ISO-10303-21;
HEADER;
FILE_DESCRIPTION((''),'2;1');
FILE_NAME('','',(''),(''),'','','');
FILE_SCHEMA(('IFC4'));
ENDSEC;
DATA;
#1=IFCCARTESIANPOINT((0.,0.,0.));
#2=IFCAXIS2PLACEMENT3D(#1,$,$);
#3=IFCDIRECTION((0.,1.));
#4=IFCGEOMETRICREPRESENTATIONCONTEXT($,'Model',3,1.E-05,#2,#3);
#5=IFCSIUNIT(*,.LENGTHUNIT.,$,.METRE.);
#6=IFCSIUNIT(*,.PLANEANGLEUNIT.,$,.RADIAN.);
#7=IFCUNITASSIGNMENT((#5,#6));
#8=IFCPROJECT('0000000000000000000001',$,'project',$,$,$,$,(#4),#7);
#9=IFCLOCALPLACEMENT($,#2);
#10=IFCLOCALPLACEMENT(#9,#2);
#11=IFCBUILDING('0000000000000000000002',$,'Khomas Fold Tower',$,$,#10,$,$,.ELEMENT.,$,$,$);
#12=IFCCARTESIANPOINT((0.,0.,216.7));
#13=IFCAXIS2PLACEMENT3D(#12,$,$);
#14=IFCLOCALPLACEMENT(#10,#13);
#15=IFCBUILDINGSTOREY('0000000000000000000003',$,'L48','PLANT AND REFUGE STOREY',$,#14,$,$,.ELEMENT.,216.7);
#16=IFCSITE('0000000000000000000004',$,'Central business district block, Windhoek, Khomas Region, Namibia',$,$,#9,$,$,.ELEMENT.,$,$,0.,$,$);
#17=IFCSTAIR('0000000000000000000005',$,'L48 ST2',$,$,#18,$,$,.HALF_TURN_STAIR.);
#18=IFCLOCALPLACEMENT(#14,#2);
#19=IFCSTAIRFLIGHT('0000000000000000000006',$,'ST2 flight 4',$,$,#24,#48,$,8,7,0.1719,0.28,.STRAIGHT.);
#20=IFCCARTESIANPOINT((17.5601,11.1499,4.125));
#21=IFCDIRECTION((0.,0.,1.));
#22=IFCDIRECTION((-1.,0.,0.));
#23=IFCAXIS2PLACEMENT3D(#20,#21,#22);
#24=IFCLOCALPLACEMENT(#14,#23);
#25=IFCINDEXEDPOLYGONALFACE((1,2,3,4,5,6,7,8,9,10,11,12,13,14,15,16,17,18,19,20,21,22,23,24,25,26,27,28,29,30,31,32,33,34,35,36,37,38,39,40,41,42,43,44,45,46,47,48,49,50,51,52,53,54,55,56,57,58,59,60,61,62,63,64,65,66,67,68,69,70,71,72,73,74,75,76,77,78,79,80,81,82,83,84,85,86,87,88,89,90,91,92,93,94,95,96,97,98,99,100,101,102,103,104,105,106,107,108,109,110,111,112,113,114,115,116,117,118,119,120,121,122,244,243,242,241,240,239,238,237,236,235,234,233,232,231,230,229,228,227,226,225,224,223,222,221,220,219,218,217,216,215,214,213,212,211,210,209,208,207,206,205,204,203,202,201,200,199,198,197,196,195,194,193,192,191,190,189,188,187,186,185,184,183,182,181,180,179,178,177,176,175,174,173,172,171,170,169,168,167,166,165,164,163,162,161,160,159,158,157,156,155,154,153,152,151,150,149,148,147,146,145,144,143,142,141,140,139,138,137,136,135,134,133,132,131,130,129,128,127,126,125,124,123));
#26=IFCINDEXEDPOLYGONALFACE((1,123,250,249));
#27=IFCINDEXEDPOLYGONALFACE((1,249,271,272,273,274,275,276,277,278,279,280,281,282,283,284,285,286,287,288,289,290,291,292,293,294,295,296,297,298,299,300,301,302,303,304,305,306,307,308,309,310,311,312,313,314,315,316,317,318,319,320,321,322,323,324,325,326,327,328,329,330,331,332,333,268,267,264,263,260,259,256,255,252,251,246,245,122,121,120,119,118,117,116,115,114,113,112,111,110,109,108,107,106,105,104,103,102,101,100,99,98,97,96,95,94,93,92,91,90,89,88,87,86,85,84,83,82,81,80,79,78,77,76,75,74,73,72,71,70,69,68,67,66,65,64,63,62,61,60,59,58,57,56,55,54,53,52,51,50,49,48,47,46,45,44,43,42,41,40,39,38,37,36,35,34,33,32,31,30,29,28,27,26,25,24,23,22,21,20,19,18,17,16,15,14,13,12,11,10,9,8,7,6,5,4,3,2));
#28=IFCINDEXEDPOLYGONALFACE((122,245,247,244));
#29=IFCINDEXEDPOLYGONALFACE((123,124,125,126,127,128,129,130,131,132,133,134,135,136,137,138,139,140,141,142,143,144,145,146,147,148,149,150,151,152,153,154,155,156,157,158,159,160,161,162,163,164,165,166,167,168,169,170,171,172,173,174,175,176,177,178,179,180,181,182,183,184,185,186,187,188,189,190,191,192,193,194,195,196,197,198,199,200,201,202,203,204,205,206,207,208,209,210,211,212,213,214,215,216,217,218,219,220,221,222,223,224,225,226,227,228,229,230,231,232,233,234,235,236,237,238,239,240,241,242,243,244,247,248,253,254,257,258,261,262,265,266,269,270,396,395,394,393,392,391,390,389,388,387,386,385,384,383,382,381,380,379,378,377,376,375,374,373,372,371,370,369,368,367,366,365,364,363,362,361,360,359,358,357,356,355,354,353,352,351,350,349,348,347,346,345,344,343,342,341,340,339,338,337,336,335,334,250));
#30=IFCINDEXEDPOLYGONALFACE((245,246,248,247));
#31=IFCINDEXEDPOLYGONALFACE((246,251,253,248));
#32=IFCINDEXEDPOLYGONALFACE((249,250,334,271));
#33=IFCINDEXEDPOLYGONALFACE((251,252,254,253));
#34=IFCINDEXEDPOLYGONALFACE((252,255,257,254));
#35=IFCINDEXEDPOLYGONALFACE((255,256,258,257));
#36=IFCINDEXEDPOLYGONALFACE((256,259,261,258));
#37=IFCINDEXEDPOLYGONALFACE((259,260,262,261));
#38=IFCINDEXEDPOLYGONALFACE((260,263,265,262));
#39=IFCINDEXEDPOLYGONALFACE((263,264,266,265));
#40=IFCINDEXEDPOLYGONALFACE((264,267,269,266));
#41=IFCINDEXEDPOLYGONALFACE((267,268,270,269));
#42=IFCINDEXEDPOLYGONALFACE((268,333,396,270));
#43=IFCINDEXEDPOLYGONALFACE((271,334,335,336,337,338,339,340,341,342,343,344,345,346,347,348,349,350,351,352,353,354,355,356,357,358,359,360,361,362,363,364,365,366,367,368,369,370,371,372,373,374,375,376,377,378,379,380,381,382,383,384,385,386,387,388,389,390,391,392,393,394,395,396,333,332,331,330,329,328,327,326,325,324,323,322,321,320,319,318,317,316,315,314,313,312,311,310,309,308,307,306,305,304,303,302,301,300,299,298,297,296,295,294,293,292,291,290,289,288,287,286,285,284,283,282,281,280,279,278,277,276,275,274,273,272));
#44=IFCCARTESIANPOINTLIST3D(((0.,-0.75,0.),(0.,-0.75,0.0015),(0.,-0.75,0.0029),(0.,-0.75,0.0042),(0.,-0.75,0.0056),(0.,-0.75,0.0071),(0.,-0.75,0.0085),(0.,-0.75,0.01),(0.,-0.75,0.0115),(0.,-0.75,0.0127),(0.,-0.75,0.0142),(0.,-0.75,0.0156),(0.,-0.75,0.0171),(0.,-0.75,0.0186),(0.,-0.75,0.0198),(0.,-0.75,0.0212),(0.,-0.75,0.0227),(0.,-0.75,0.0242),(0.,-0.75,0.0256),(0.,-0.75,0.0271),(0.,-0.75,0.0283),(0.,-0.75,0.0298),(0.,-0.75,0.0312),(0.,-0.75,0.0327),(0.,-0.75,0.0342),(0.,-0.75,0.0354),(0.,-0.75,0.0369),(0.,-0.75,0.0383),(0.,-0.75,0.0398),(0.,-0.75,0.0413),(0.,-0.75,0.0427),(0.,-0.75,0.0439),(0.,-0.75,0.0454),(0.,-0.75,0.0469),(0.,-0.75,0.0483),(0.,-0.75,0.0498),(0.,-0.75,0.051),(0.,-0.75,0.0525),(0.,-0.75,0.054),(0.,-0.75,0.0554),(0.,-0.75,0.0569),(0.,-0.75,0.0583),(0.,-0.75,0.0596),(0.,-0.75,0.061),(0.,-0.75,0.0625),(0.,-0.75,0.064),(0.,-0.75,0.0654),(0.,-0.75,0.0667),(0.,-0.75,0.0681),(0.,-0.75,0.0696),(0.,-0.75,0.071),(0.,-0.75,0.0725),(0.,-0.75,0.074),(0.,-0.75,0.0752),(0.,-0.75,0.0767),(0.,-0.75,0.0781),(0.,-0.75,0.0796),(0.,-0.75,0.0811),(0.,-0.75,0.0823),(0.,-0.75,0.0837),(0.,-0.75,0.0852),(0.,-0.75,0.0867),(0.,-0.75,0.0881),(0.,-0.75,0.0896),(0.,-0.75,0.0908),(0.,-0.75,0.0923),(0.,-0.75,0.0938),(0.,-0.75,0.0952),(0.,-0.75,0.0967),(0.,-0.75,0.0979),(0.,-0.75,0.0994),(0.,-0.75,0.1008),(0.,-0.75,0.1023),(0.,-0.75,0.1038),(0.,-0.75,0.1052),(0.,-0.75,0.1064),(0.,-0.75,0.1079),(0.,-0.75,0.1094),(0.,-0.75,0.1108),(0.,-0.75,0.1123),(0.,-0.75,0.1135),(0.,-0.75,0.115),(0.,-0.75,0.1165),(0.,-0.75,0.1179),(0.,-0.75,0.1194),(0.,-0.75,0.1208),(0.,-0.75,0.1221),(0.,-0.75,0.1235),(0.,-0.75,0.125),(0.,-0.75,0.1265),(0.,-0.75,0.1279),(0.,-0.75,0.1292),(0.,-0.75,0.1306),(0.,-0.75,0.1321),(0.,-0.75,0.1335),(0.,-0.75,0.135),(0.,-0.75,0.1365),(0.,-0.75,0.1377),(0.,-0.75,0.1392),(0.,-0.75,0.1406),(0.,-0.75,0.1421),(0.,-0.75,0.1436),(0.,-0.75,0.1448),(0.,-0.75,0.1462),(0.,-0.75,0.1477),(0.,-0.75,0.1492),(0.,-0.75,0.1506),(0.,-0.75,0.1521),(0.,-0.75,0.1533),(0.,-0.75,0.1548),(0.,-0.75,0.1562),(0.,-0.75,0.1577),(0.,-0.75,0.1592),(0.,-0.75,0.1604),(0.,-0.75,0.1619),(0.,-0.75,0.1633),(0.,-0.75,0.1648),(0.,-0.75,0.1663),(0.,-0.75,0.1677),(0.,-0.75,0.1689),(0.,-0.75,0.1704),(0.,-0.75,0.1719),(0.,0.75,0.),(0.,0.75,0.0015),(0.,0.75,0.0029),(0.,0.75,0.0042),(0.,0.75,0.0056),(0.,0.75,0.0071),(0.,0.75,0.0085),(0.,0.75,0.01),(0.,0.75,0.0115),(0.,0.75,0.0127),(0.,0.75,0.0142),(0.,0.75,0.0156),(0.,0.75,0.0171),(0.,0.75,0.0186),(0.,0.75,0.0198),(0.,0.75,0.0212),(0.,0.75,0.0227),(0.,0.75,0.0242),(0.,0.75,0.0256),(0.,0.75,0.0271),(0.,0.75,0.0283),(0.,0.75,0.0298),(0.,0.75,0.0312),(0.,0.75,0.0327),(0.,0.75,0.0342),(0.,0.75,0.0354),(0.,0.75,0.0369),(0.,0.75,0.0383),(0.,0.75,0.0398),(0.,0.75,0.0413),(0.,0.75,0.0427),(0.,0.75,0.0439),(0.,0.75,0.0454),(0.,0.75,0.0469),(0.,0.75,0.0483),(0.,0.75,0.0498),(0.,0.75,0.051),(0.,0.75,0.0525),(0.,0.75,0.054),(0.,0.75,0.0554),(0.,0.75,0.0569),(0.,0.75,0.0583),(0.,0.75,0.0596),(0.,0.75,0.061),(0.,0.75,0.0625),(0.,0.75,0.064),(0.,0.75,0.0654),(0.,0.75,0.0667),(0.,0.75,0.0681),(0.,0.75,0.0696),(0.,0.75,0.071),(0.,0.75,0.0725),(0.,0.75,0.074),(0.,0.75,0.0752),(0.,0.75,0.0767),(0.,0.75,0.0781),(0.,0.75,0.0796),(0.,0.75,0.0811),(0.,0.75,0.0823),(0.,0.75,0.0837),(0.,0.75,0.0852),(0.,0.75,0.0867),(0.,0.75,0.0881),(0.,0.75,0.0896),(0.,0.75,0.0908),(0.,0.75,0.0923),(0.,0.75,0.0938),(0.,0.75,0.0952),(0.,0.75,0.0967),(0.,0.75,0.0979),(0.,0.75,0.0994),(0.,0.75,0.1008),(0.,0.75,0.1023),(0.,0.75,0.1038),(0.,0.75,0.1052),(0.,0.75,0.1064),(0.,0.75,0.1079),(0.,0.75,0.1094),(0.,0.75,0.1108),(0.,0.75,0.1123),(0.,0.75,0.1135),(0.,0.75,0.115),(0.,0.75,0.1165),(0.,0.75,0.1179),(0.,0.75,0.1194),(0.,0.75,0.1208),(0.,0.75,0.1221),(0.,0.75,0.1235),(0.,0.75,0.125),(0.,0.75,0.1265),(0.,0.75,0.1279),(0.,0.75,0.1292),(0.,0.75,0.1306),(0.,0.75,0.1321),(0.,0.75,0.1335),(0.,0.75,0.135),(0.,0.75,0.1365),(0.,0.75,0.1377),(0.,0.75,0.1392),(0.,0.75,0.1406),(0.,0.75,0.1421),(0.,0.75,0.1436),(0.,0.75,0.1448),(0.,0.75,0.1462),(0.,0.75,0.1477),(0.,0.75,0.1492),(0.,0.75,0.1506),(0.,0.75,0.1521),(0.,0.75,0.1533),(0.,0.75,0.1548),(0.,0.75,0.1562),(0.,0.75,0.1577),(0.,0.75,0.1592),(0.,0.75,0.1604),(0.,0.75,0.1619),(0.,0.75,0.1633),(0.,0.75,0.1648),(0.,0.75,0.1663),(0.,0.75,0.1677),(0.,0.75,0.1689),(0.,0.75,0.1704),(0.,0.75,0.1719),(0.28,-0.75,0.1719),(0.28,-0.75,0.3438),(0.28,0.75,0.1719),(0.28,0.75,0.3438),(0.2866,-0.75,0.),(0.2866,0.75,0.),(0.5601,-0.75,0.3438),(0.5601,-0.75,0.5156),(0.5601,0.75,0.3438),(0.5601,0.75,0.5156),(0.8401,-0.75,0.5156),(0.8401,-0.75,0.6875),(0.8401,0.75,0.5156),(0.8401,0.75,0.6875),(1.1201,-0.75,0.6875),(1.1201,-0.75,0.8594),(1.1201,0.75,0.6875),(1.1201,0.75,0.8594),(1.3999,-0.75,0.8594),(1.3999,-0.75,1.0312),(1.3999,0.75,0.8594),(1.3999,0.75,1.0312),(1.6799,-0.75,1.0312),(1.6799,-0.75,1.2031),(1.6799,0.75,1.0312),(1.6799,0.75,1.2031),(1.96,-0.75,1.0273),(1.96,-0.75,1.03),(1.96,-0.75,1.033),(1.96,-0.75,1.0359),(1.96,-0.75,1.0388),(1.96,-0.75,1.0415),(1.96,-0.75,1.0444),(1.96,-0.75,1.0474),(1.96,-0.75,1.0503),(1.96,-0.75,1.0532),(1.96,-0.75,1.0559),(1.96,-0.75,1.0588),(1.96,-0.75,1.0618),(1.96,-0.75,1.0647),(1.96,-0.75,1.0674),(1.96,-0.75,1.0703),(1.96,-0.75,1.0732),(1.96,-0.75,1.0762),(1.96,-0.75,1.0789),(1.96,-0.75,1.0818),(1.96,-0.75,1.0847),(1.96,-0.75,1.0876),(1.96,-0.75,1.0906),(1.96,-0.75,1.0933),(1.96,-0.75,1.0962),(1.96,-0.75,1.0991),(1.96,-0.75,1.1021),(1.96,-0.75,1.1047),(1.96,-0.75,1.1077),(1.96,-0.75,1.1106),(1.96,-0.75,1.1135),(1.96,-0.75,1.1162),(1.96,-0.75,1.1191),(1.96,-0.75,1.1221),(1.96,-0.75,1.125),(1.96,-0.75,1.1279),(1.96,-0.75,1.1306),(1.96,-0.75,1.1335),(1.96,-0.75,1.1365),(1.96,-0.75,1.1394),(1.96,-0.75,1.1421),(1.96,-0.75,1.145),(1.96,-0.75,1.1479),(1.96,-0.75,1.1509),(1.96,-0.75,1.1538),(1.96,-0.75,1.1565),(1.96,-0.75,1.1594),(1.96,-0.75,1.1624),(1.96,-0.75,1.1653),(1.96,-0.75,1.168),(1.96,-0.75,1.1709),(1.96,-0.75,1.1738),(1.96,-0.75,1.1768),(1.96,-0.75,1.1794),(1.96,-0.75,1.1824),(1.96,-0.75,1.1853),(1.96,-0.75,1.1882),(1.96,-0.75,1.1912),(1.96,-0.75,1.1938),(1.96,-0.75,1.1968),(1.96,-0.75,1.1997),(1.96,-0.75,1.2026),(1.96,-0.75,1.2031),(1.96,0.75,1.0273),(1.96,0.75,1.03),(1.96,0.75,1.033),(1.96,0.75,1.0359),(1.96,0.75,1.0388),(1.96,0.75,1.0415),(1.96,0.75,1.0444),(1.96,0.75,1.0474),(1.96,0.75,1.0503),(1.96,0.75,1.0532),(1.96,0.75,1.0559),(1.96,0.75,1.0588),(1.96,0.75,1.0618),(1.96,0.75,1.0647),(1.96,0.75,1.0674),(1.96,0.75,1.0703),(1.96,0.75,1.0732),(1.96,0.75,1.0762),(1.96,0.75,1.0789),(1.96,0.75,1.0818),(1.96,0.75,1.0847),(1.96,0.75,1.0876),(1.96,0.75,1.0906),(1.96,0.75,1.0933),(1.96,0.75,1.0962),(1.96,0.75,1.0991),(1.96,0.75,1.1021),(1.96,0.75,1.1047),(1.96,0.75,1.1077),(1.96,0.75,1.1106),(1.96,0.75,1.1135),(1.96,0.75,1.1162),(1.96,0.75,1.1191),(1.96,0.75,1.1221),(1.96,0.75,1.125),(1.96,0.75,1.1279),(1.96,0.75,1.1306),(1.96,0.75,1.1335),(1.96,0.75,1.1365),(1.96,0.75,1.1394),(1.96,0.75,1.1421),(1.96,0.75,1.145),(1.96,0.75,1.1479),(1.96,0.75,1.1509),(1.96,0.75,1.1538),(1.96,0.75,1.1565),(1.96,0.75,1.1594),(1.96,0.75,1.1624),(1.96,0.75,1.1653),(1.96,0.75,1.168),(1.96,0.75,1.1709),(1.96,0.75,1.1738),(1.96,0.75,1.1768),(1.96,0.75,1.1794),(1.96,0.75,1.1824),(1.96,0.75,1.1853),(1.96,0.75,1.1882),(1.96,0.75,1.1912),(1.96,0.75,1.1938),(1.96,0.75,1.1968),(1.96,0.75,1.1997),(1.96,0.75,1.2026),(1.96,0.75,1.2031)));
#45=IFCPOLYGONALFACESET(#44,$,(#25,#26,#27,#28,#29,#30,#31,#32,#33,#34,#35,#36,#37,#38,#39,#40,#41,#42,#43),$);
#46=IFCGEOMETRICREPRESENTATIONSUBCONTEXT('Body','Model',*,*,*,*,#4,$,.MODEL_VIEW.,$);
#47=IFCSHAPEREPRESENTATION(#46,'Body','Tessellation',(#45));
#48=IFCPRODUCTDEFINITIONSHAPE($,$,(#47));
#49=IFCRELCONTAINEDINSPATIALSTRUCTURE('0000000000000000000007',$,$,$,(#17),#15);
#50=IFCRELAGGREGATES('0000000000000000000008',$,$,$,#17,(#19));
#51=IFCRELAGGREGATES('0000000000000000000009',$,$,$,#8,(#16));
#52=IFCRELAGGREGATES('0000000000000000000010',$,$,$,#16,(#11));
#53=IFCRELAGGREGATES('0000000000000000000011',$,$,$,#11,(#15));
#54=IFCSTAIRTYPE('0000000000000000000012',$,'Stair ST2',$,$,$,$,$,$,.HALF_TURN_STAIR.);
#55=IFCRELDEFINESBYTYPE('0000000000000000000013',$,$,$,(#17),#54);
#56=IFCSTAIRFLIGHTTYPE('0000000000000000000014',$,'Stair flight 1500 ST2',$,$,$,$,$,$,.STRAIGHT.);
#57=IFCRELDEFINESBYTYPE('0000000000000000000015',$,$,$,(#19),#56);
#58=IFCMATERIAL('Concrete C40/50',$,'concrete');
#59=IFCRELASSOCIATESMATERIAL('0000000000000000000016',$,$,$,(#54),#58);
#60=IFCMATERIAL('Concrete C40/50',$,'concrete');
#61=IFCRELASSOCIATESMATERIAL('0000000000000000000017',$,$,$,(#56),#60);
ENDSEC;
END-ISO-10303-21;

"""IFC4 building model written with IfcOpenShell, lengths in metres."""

from ifc_helpers import new_model, si_unit, direction, frame, origin, place, context, subcontext, project, spatial, polyline, outline, extrude, source, transform, mapped, material, type_object, element, aggregate, save


model = new_model("IFC4")

# Units and contexts
model_context = context("Model", 3, precision=1e-05, world=origin(), true_north=direction((0.0, 1.0)))
body_context = subcontext(model_context, "Body", "Model", "MODEL_VIEW")
ifc_project = project(units=[si_unit("LENGTHUNIT", "METRE"), si_unit("PLANEANGLEUNIT", "RADIAN")], contexts=[model_context])

# Site, building, storey
site_placement = place(None, origin())
site = spatial("IfcSite", under=ifc_project, at=site_placement, Name="Central business district block, Windhoek, Khomas Region, Namibia", CompositionType="ELEMENT", RefElevation=0.0)
building_placement = place(site_placement, origin())
building = spatial("IfcBuilding", under=site, at=building_placement, Name="Khomas Fold Tower", CompositionType="ELEMENT")
storey_placement = place(building_placement, frame((0.0, 0.0, 216.7)))
storey = spatial("IfcBuildingStorey", under=building, at=storey_placement, Name="L48", Description="PLANT AND REFUGE STOREY", CompositionType="ELEMENT", Elevation=216.7)

# Stair, stair flight
ifc_material_1 = material(Name="Concrete C40/50", Category="concrete")
stair_type = type_object("IfcStairType", Name="Stair ST2", PredefinedType="HALF_TURN_STAIR", material=ifc_material_1)
stair_placement = place(storey_placement, origin())
stair = element("IfcStair", 1, at=stair_placement, inside=storey, type_object=stair_type, Name="L48 ST2", PredefinedType="HALF_TURN_STAIR")
ifc_material_2 = material(Name="Concrete C40/50", Category="concrete")
stair_flight_type = type_object("IfcStairFlightType", Name="Stair flight 1500 ST2", PredefinedType="STRAIGHT", material=ifc_material_2)
shared_shape_1 = source(origin(), body_context, "Body", "SweptSolid", [
    extrude(outline(polyline([(0.0, 0.0), (0.0, 0.0015), (0.0, 0.0029), (0.0, 0.0042), (0.0, 0.0056), (0.0, 0.0071), (0.0, 0.0085), (0.0, 0.01), (0.0, 0.0115), (0.0, 0.0127), (0.0, 0.0142), (0.0, 0.0156), (0.0, 0.0171), (0.0, 0.0186), (0.0, 0.0198), (0.0, 0.0212), (0.0, 0.0227), (0.0, 0.0242), (0.0, 0.0256), (0.0, 0.0271), (0.0, 0.0283), (0.0, 0.0298), (0.0, 0.0312), (0.0, 0.0327), (0.0, 0.0342), (0.0, 0.0354), (0.0, 0.0369), (0.0, 0.0383), (0.0, 0.0398), (0.0, 0.0413), (0.0, 0.0427), (0.0, 0.0439), (0.0, 0.0454), (0.0, 0.0469), (0.0, 0.0483), (0.0, 0.0498), (0.0, 0.051), (0.0, 0.0525), (0.0, 0.054), (0.0, 0.0554), (0.0, 0.0569), (0.0, 0.0583), (0.0, 0.0596), (0.0, 0.061), (0.0, 0.0625), (0.0, 0.064), (0.0, 0.0654), (0.0, 0.0667), (0.0, 0.0681), (0.0, 0.0696), (0.0, 0.071), (0.0, 0.0725), (0.0, 0.074), (0.0, 0.0752), (0.0, 0.0767), (0.0, 0.0781), (0.0, 0.0796), (0.0, 0.0811), (0.0, 0.0823), (0.0, 0.0837), (0.0, 0.0852), (0.0, 0.0867), (0.0, 0.0881), (0.0, 0.0896), (0.0, 0.0908), (0.0, 0.0923), (0.0, 0.0938), (0.0, 0.0952), (0.0, 0.0967), (0.0, 0.0979), (0.0, 0.0994), (0.0, 0.1008), (0.0, 0.1023), (0.0, 0.1038), (0.0, 0.1052), (0.0, 0.1064), (0.0, 0.1079), (0.0, 0.1094), (0.0, 0.1108), (0.0, 0.1123), (0.0, 0.1135), (0.0, 0.115), (0.0, 0.1165), (0.0, 0.1179), (0.0, 0.1194), (0.0, 0.1208), (0.0, 0.1221), (0.0, 0.1235), (0.0, 0.125), (0.0, 0.1265), (0.0, 0.1279), (0.0, 0.1292), (0.0, 0.1306), (0.0, 0.1321), (0.0, 0.1335), (0.0, 0.135), (0.0, 0.1365), (0.0, 0.1377), (0.0, 0.1392), (0.0, 0.1406), (0.0, 0.1421), (0.0, 0.1436), (0.0, 0.1448), (0.0, 0.1462), (0.0, 0.1477), (0.0, 0.1492), (0.0, 0.1506), (0.0, 0.1521), (0.0, 0.1533), (0.0, 0.1548), (0.0, 0.1562), (0.0, 0.1577), (0.0, 0.1592), (0.0, 0.1604), (0.0, 0.1619), (0.0, 0.1633), (0.0, 0.1648), (0.0, 0.1663), (0.0, 0.1677), (0.0, 0.1689), (0.0, 0.1704), (0.0, 0.1719), (0.28, 0.1719), (0.28, 0.3438), (0.5601, 0.3438), (0.5601, 0.5156), (0.8401, 0.5156), (0.8401, 0.6875), (1.1201, 0.6875), (1.1201, 0.8594), (1.3999, 0.8594), (1.3999, 1.0312), (1.6799, 1.0312), (1.6799, 1.2031), (1.96, 1.2031), (1.96, 1.375), (1.96, 1.3721), (1.96, 1.3691), (1.96, 1.3665), (1.96, 1.3635), (1.96, 1.3606), (1.96, 1.3577), (1.96, 1.355), (1.96, 1.3521), (1.96, 1.3491), (1.96, 1.3462), (1.96, 1.3435), (1.96, 1.3406), (1.96, 1.3376), (1.96, 1.3347), (1.96, 1.3318), (1.96, 1.3291), (1.96, 1.3262), (1.96, 1.3232), (1.96, 1.3203), (1.96, 1.3176), (1.96, 1.3147), (1.96, 1.3118), (1.96, 1.3088), (1.96, 1.3059), (1.96, 1.3032), (1.96, 1.3003), (1.96, 1.2974), (1.96, 1.2944), (1.96, 1.2917), (1.96, 1.2888), (1.96, 1.2859), (1.96, 1.283), (1.96, 1.2803), (1.96, 1.2773), (1.96, 1.2744), (1.96, 1.2715), (1.96, 1.2686), (1.96, 1.2659), (1.96, 1.2629), (1.96, 1.26), (1.96, 1.2571), (1.96, 1.2544), (1.96, 1.2515), (1.96, 1.2485), (1.96, 1.2456), (1.96, 1.2427), (1.96, 1.24), (1.96, 1.2371), (1.96, 1.2341), (1.96, 1.2312), (1.96, 1.2285), (1.96, 1.2256), (1.96, 1.2227), (1.96, 1.2197), (1.96, 1.217), (1.96, 1.2141), (1.96, 1.2112), (1.96, 1.2083), (1.96, 1.2053), (1.96, 1.2026), (1.96, 1.1997), (1.96, 1.1968), (1.96, 1.1938), (1.96, 1.1912), (1.96, 1.1882), (1.96, 1.1853), (1.96, 1.1824), (1.96, 1.1794), (1.96, 1.1768), (1.96, 1.1738), (1.96, 1.1709), (1.96, 1.168), (1.96, 1.1653), (1.96, 1.1624), (1.96, 1.1594), (1.96, 1.1565), (1.96, 1.1538), (1.96, 1.1509), (1.96, 1.1479), (1.96, 1.145), (1.96, 1.1421), (1.96, 1.1394), (1.96, 1.1365), (1.96, 1.1335), (1.96, 1.1306), (1.96, 1.1279), (1.96, 1.125), (1.96, 1.1221), (1.96, 1.1191), (1.96, 1.1162), (1.96, 1.1135), (1.96, 1.1106), (1.96, 1.1077), (1.96, 1.1047), (1.96, 1.1021), (1.96, 1.0991), (1.96, 1.0962), (1.96, 1.0933), (1.96, 1.0906), (1.96, 1.0876), (1.96, 1.0847), (1.96, 1.0818), (1.96, 1.0789), (1.96, 1.0762), (1.96, 1.0732), (1.96, 1.0703), (1.96, 1.0674), (1.96, 1.0647), (1.96, 1.0618), (1.96, 1.0588), (1.96, 1.0559), (1.96, 1.0532), (1.96, 1.0503), (1.96, 1.0474), (1.96, 1.0444), (1.96, 1.0415), (1.96, 1.0388), (1.96, 1.0359), (1.96, 1.033), (1.96, 1.03), (1.96, 1.0273), (0.2866, 0.0), (0.0, 0.0)])), frame((0.0, 0.75, 0.0), z_axis=(0.0, -1.0, 0.0), x_axis=(1.0, 0.0, 0.0)), (0.0, 0.0, 1.0), 1.5),
])
stair_flight_1_placement = place(storey_placement, frame((17.5601, 11.1499, 4.125), z_axis=(0.0, 0.0, 1.0), x_axis=(-1.0, 0.0, 0.0)))
stair_flight_1 = element("IfcStairFlight", 2, at=stair_flight_1_placement, type_object=stair_flight_type, Name="ST2 flight 4", NumberOfRisers=8, NumberOfTreads=7, PredefinedType="STRAIGHT", RiserHeight=0.1719, TreadLength=0.28, context=body_context, shape_type="MappedRepresentation", body=[
    mapped(shared_shape_1, transform((0.0, 0.0, 0.0))),
])
aggregate(stair, [stair_flight_1])

save(model, "model.ifc")
